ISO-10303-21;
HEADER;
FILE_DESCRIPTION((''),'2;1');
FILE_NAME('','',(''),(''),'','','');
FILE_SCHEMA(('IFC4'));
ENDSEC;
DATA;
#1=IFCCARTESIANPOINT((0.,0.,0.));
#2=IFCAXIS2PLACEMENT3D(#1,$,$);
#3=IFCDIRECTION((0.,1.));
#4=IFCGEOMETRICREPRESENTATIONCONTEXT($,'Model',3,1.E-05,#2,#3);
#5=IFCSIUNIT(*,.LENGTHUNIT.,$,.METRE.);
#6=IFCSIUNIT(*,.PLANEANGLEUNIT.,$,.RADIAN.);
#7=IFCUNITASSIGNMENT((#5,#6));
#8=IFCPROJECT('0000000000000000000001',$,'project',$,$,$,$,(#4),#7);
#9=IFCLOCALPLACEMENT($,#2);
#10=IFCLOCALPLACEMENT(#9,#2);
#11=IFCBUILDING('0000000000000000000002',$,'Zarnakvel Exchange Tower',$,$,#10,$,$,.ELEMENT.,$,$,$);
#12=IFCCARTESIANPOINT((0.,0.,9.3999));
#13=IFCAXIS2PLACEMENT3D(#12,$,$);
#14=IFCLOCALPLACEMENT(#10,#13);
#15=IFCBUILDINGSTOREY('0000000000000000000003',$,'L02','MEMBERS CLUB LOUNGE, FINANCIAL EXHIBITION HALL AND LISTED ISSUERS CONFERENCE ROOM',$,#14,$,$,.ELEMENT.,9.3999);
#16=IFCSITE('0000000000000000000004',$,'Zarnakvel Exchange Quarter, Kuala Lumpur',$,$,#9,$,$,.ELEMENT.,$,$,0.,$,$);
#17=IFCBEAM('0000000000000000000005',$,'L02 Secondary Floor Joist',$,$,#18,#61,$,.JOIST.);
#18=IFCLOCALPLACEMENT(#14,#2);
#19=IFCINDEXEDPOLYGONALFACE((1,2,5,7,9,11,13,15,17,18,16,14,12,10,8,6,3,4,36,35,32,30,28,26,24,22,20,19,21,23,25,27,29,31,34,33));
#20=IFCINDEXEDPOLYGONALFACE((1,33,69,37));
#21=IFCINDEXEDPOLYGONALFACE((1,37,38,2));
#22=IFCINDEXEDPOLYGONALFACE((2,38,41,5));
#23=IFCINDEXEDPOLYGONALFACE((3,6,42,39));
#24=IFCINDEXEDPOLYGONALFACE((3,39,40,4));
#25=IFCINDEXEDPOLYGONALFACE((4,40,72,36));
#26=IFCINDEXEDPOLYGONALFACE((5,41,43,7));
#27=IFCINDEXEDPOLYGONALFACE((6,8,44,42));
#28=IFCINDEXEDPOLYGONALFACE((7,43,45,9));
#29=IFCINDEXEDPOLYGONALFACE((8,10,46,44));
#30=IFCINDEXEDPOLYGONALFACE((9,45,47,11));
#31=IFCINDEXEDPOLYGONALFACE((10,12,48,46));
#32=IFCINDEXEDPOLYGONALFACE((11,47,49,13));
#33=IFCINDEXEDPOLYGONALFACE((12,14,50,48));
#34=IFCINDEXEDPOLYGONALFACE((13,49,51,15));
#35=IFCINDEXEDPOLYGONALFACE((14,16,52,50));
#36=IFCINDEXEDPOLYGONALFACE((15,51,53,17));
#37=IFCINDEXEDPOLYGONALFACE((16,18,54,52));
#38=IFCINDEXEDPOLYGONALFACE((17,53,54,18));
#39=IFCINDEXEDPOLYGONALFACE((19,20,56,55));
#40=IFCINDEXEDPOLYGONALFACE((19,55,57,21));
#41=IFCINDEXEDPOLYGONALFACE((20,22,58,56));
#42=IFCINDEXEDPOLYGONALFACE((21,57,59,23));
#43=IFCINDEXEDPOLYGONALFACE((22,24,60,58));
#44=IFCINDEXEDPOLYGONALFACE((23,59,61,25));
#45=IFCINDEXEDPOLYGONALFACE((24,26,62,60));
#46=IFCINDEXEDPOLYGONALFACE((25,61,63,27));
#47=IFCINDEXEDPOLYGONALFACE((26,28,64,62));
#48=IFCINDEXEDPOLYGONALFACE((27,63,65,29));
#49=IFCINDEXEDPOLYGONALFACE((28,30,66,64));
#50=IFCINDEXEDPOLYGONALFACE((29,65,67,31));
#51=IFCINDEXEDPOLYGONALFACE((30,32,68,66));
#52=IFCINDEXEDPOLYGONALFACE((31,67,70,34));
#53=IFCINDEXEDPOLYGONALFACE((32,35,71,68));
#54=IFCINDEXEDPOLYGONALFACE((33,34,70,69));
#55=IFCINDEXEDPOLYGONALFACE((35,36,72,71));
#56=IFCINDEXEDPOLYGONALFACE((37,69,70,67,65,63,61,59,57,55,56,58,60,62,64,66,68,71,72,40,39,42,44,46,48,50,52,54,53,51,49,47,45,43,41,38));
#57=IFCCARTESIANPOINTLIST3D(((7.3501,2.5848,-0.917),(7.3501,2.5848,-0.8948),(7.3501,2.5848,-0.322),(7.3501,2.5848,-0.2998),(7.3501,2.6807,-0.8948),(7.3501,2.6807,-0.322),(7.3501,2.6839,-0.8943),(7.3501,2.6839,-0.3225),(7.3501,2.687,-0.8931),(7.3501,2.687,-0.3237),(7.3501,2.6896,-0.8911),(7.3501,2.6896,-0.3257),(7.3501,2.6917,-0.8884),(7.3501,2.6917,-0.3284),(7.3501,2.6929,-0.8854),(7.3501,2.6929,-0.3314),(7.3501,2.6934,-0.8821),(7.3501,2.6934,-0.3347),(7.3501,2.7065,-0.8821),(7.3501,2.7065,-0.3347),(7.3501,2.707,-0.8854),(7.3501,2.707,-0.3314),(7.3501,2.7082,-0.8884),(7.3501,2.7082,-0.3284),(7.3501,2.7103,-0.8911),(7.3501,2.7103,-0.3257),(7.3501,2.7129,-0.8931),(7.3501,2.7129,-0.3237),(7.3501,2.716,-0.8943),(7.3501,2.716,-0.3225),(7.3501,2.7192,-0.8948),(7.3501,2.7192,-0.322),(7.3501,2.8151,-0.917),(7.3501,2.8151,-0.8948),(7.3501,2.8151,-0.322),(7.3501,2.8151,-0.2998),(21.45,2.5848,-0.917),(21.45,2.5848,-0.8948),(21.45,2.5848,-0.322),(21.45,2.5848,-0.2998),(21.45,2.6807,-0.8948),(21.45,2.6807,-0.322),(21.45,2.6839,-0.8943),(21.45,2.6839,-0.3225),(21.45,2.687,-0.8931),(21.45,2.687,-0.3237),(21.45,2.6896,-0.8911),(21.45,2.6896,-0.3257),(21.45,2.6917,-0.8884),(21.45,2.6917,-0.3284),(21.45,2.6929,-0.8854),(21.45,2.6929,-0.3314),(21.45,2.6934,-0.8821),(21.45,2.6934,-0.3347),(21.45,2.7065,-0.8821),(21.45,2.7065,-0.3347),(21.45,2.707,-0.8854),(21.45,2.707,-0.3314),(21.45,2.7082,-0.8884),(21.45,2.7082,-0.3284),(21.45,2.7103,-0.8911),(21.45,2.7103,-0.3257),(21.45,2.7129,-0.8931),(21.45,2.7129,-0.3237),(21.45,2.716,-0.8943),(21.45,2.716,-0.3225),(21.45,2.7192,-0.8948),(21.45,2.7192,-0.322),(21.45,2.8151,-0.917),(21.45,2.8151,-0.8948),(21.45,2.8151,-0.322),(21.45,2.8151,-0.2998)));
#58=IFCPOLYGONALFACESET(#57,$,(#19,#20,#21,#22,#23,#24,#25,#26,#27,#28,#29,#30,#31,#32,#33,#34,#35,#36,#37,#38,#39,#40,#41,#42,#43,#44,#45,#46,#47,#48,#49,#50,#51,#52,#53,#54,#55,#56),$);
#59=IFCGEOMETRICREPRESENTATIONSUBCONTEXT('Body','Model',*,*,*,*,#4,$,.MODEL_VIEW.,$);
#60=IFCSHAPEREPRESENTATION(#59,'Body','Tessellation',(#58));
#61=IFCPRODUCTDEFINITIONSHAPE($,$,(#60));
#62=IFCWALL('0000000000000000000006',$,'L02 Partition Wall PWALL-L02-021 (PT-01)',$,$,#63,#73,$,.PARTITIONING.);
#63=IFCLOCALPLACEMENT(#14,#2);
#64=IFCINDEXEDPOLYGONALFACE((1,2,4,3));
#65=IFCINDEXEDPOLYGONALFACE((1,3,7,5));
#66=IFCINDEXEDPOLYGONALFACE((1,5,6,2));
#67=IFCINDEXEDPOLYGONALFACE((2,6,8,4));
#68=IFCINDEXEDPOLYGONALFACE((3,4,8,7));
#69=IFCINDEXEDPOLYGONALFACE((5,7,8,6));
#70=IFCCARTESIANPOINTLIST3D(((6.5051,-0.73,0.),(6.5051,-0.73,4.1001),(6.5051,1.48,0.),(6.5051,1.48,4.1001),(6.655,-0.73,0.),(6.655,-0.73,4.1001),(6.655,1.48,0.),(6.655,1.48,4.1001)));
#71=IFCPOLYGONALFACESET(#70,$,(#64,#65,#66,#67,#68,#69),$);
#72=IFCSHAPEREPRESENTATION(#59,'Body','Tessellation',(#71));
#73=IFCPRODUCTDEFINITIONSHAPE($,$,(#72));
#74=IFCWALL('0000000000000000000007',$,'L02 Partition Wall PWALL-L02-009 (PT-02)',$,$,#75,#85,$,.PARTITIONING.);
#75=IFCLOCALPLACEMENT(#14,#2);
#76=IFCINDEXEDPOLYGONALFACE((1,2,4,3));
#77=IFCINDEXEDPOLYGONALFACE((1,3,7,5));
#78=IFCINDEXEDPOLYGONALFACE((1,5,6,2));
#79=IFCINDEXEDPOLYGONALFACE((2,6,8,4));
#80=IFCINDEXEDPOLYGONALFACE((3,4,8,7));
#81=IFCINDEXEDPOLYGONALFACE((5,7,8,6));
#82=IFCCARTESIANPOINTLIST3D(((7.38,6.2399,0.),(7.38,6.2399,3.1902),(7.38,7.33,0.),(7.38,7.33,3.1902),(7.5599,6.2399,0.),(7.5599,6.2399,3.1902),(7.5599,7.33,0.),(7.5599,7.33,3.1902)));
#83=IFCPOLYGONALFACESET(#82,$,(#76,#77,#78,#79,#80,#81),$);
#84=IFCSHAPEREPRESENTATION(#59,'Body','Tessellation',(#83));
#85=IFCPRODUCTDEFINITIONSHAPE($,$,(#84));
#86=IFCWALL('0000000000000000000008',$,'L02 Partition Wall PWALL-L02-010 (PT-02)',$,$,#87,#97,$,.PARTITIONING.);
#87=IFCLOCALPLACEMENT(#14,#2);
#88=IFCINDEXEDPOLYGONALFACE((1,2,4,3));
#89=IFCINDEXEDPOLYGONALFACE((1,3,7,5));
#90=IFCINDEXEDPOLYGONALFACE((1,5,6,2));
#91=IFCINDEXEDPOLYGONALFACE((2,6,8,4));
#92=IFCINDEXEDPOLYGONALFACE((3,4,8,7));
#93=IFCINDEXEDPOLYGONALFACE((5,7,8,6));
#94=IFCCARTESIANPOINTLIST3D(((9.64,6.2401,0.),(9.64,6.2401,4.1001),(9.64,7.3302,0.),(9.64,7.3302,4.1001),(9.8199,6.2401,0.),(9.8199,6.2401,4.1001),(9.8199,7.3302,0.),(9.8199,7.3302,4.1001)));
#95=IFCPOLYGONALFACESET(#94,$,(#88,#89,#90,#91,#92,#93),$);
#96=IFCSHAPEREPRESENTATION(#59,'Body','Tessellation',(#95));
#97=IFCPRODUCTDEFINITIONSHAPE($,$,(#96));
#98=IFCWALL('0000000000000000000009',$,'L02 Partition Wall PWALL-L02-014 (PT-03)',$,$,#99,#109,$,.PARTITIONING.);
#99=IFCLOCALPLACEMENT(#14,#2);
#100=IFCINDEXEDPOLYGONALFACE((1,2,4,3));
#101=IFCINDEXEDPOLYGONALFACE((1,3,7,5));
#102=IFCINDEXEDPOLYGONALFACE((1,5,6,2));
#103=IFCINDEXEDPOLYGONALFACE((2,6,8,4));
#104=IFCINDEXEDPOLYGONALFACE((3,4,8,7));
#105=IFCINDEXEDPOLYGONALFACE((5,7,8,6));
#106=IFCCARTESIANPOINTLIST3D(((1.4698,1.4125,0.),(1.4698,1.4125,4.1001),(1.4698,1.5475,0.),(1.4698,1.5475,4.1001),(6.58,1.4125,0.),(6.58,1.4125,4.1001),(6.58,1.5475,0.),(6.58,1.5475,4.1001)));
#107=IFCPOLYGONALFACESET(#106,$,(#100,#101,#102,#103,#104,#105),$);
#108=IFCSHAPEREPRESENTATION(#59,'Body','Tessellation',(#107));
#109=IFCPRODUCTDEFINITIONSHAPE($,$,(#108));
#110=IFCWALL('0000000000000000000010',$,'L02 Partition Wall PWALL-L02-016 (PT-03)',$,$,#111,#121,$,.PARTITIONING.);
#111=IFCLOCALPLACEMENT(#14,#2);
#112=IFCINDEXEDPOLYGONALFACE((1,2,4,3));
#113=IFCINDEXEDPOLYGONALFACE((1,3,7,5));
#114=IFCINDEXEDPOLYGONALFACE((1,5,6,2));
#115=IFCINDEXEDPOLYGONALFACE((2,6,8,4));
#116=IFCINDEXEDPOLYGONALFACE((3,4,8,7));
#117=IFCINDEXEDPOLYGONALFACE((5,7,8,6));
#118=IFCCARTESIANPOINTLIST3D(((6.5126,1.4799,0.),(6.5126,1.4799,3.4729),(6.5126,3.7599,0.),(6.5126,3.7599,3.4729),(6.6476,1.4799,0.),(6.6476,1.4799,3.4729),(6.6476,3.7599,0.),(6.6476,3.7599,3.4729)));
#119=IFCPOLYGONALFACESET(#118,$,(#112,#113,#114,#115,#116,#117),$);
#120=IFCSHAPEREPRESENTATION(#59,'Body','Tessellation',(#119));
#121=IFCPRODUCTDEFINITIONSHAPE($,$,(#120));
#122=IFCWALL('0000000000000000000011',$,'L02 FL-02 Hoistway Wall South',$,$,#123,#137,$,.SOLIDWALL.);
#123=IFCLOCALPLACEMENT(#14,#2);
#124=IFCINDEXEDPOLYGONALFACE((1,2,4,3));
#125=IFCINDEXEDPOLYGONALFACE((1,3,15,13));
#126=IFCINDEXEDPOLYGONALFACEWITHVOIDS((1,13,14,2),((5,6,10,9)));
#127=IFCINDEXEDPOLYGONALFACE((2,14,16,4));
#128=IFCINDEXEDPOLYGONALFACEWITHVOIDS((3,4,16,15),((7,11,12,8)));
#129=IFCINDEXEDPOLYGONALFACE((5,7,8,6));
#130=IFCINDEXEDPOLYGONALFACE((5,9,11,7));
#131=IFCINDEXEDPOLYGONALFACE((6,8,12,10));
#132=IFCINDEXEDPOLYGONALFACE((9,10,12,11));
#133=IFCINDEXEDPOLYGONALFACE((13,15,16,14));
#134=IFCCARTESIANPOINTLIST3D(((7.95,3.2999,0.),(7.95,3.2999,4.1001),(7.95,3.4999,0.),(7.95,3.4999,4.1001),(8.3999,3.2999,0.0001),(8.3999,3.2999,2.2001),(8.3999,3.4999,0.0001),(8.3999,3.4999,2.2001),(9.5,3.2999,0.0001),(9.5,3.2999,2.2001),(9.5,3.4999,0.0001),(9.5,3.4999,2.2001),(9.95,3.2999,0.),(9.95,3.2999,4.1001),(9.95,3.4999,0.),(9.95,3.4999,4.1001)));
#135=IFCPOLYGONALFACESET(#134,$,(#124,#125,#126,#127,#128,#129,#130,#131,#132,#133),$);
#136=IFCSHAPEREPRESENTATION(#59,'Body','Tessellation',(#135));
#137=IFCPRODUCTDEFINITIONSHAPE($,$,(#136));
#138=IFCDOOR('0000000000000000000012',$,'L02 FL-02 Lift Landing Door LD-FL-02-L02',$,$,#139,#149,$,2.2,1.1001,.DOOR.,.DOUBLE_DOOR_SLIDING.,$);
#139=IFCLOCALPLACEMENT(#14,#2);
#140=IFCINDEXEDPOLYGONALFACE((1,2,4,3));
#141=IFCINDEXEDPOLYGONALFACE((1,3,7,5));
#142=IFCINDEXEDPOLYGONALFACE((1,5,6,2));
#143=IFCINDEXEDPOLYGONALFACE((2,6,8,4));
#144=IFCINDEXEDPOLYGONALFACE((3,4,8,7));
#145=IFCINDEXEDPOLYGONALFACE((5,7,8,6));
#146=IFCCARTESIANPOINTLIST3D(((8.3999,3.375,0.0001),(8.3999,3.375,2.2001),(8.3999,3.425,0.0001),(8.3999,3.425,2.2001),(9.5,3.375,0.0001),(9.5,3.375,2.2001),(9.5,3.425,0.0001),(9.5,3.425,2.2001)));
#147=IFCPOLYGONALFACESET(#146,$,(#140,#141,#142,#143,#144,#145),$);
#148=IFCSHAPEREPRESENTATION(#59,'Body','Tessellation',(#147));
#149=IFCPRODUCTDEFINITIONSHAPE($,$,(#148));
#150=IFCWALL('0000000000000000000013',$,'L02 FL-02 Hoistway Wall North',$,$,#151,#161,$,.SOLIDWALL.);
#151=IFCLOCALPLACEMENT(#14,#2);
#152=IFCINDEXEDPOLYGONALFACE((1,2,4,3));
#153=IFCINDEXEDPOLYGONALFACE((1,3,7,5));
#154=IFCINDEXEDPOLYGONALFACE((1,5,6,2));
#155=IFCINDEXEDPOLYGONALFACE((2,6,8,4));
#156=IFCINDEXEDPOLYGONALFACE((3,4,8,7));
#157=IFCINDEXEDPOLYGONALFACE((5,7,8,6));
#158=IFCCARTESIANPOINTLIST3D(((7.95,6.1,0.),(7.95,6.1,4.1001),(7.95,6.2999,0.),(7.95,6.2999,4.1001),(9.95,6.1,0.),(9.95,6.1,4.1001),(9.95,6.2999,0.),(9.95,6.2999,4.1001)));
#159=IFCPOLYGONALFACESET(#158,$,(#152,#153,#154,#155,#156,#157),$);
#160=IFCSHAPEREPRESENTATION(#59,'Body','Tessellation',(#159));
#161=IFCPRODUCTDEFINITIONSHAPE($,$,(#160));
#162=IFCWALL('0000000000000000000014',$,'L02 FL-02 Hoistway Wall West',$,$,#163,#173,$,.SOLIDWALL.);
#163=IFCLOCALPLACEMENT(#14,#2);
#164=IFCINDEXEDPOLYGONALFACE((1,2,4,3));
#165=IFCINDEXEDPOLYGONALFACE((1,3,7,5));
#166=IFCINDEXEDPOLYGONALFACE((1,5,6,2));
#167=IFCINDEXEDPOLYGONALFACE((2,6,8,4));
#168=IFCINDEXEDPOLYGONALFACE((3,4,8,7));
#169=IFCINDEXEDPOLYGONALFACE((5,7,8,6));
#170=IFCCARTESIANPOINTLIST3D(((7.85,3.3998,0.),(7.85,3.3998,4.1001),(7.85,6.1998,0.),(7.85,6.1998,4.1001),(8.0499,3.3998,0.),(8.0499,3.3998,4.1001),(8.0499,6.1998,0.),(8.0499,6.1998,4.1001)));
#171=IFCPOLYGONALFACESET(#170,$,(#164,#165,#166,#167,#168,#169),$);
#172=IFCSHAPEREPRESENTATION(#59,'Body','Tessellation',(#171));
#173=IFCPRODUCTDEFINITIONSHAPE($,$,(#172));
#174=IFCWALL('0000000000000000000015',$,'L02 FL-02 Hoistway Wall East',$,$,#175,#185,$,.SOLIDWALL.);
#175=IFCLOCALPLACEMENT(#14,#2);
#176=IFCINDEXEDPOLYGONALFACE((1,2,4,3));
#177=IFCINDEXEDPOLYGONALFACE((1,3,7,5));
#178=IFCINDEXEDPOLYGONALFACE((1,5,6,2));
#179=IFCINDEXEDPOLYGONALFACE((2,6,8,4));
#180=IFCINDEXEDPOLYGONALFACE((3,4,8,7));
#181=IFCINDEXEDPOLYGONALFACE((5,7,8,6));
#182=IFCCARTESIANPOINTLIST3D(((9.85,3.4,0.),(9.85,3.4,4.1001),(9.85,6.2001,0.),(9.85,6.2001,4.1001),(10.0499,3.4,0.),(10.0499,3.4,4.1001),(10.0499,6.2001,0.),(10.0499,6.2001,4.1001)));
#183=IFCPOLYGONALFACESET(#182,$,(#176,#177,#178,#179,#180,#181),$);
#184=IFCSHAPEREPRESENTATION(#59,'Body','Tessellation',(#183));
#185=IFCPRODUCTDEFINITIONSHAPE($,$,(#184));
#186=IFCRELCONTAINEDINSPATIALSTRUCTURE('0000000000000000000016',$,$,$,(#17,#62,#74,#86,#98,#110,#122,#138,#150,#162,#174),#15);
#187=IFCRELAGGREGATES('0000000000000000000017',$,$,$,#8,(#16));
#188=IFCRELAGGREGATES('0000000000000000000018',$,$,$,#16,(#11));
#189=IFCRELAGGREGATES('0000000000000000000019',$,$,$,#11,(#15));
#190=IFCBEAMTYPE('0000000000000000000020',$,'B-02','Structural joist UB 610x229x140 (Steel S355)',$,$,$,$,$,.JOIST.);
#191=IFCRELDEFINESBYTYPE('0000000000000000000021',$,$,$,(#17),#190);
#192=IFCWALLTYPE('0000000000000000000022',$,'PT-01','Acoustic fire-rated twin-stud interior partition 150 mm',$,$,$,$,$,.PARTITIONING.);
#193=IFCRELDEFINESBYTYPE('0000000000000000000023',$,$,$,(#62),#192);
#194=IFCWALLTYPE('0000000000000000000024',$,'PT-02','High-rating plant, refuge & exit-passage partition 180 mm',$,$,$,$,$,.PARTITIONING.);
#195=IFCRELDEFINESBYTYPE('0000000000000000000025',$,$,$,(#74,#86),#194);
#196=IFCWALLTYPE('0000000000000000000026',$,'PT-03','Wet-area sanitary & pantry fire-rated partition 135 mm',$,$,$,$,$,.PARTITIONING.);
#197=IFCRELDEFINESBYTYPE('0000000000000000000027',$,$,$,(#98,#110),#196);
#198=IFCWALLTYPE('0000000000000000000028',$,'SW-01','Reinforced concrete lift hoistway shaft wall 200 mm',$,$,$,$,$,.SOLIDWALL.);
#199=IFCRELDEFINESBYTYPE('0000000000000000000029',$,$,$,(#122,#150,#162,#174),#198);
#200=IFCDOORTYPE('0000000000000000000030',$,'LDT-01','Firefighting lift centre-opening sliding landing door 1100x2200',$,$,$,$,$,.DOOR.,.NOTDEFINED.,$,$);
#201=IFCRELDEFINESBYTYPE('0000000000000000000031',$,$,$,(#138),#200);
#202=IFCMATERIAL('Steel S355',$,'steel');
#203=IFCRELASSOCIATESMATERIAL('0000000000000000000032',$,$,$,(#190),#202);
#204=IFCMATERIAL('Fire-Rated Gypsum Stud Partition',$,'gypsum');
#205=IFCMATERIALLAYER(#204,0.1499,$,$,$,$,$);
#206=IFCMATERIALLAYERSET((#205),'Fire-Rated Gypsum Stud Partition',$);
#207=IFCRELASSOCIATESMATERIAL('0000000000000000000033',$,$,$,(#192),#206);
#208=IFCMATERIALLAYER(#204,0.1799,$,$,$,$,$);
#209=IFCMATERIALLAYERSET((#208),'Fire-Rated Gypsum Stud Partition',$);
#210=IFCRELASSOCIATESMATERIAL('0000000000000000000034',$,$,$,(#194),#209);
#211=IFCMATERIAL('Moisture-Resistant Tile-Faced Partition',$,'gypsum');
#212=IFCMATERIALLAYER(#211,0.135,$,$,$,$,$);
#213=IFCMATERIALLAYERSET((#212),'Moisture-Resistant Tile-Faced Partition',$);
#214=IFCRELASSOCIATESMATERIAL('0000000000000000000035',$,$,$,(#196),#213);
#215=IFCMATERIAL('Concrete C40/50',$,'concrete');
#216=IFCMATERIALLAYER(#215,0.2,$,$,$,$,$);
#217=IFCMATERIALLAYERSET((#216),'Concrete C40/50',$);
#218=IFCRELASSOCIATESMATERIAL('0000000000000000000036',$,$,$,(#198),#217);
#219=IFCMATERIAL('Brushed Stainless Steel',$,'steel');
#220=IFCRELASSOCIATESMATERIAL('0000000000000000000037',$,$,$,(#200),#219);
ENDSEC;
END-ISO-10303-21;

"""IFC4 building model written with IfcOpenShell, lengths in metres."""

from ifc_helpers import new_model, si_unit, direction, frame, frame_2d, origin, origin_2d, place, context, subcontext, project, spatial, rectangle, i_section, extrude, source, transform, mapped, material, layer, layer_set, material_profile, profile_set, type_object, element, fill, save


model = new_model("IFC4")

# Units and contexts
model_context = context("Model", 3, precision=1e-05, world=origin(), true_north=direction((0.0, 1.0)))
body_context = subcontext(model_context, "Body", "Model", "MODEL_VIEW")
ifc_project = project(units=[si_unit("LENGTHUNIT", "METRE"), si_unit("PLANEANGLEUNIT", "RADIAN")], contexts=[model_context])

# Site, building, storey
site_placement = place(None, origin())
site = spatial("IfcSite", under=ifc_project, at=site_placement, Name="Zarnakvel Exchange Quarter, Kuala Lumpur", CompositionType="ELEMENT", RefElevation=0.0)
building_placement = place(site_placement, origin())
building = spatial("IfcBuilding", under=site, at=building_placement, Name="Zarnakvel Exchange Tower", CompositionType="ELEMENT")
storey_placement = place(building_placement, frame((0.0, 0.0, 9.3999)))
storey = spatial("IfcBuildingStorey", under=building, at=storey_placement, Name="L02", Description="MEMBERS CLUB LOUNGE, FINANCIAL EXHIBITION HALL AND LISTED ISSUERS CONFERENCE ROOM", CompositionType="ELEMENT", Elevation=9.3999)

# Beam
ifc_material_1 = material(Name="Steel S355", Category="steel")
ifc_material_profile = material_profile(ifc_material_1, i_section(OverallWidth=0.2302, OverallDepth=0.6172, WebThickness=0.0132, FlangeThickness=0.0222, FilletRadius=0.0127, at=origin_2d()))
ifc_profile_set = profile_set([ifc_material_profile], Name="Steel S355")
beam_type = type_object("IfcBeamType", Name="B-02", Description="Structural joist UB 610x229x140 (Steel S355)", PredefinedType="JOIST", material=ifc_profile_set)
beam_placement = place(storey_placement, frame((7.3501, 2.7, -0.6084), z_axis=(1.0, 0.0, 0.0), x_axis=(0.0, 1.0, 0.0)))
element("IfcBeam", 1, at=beam_placement, inside=storey, type_object=beam_type, Name="L02 Secondary Floor Joist", PredefinedType="JOIST", context=body_context, shape_type="SweptSolid", body=[
    extrude(i_section(OverallWidth=0.2302, OverallDepth=0.6172, WebThickness=0.0132, FlangeThickness=0.0222, FilletRadius=0.0127, at=origin_2d()), origin(), (0.0, 0.0, 1.0), 14.0999),
])

# Walls
ifc_material_2 = material(Name="Fire-Rated Gypsum Stud Partition", Category="gypsum")
ifc_layer_1 = layer(ifc_material_2, 0.1499)
ifc_layer_set_1 = layer_set([ifc_layer_1], Name="Fire-Rated Gypsum Stud Partition")
wall_type_1 = type_object("IfcWallType", Name="PT-01", Description="Acoustic fire-rated twin-stud interior partition 150 mm", PredefinedType="PARTITIONING", material=ifc_layer_set_1)
wall_1_placement = place(storey_placement, frame((6.5801, 1.48, 0.0), z_axis=(0.0, 0.0, 1.0), x_axis=(0.0, -1.0, 0.0)))
element("IfcWall", 2, at=wall_1_placement, inside=storey, type_object=wall_type_1, Name="L02 Partition Wall PWALL-L02-021 (PT-01)", PredefinedType="PARTITIONING", context=body_context, shape_type="SweptSolid", body=[
    extrude(rectangle(XDim=2.21, YDim=0.1499, at=frame_2d((1.105, 0.0))), origin(), (0.0, 0.0, 1.0), 4.1001),
])
ifc_layer_2 = layer(ifc_material_2, 0.1799)
ifc_layer_set_2 = layer_set([ifc_layer_2], Name="Fire-Rated Gypsum Stud Partition")
wall_type_2 = type_object("IfcWallType", Name="PT-02", Description="High-rating plant, refuge & exit-passage partition 180 mm", PredefinedType="PARTITIONING", material=ifc_layer_set_2)
wall_2_placement = place(storey_placement, frame((7.47, 6.24, 0.0), z_axis=(0.0, 0.0, 1.0), x_axis=(0.0, 1.0, 0.0)))
element("IfcWall", 3, at=wall_2_placement, inside=storey, type_object=wall_type_2, Name="L02 Partition Wall PWALL-L02-009 (PT-02)", PredefinedType="PARTITIONING", context=body_context, shape_type="SweptSolid", body=[
    extrude(rectangle(XDim=1.0901, YDim=0.1799, at=frame_2d((0.5449, 0.0))), origin(), (0.0, 0.0, 1.0), 3.1902),
])
wall_3_placement = place(storey_placement, frame((9.73, 7.3301, 0.0), z_axis=(0.0, 0.0, 1.0), x_axis=(0.0, -1.0, 0.0)))
element("IfcWall", 4, at=wall_3_placement, inside=storey, type_object=wall_type_2, Name="L02 Partition Wall PWALL-L02-010 (PT-02)", PredefinedType="PARTITIONING", context=body_context, shape_type="SweptSolid", body=[
    extrude(rectangle(XDim=1.0901, YDim=0.1799, at=frame_2d((0.5449, 0.0))), origin(), (0.0, 0.0, 1.0), 4.1001),
])
ifc_material_3 = material(Name="Moisture-Resistant Tile-Faced Partition", Category="gypsum")
ifc_layer_3 = layer(ifc_material_3, 0.135)
ifc_layer_set_3 = layer_set([ifc_layer_3], Name="Moisture-Resistant Tile-Faced Partition")
wall_type_3 = type_object("IfcWallType", Name="PT-03", Description="Wet-area sanitary & pantry fire-rated partition 135 mm", PredefinedType="PARTITIONING", material=ifc_layer_set_3)
wall_4_placement = place(storey_placement, frame((6.5801, 1.48, 0.0), z_axis=(0.0, 0.0, 1.0), x_axis=(-1.0, 0.0, 0.0)))
element("IfcWall", 5, at=wall_4_placement, inside=storey, type_object=wall_type_3, Name="L02 Partition Wall PWALL-L02-014 (PT-03)", PredefinedType="PARTITIONING", context=body_context, shape_type="SweptSolid", body=[
    extrude(rectangle(XDim=5.1101, YDim=0.135, at=frame_2d((2.5552, 0.0))), origin(), (0.0, 0.0, 1.0), 4.1001),
])
wall_5_placement = place(storey_placement, frame((6.5801, 3.76, 0.0), z_axis=(0.0, 0.0, 1.0), x_axis=(0.0, -1.0, 0.0)))
element("IfcWall", 6, at=wall_5_placement, inside=storey, type_object=wall_type_3, Name="L02 Partition Wall PWALL-L02-016 (PT-03)", PredefinedType="PARTITIONING", context=body_context, shape_type="SweptSolid", body=[
    extrude(rectangle(XDim=2.28, YDim=0.135, at=frame_2d((1.1401, 0.0))), origin(), (0.0, 0.0, 1.0), 3.4729),
])

# Wall, opening, door
ifc_material_4 = material(Name="Concrete C40/50", Category="concrete")
ifc_layer_4 = layer(ifc_material_4, 0.2)
ifc_layer_set_4 = layer_set([ifc_layer_4], Name="Concrete C40/50")
wall_type_4 = type_object("IfcWallType", Name="SW-01", Description="Reinforced concrete lift hoistway shaft wall 200 mm", PredefinedType="SOLIDWALL", material=ifc_layer_set_4)
wall_6_placement = place(storey_placement, frame((9.95, 3.3999, 0.0), z_axis=(0.0, 0.0, 1.0), x_axis=(-1.0, 0.0, 0.0)))
wall_6 = element("IfcWall", 7, at=wall_6_placement, inside=storey, type_object=wall_type_4, Name="L02 FL-02 Hoistway Wall South", PredefinedType="SOLIDWALL", context=body_context, shape_type="SweptSolid", body=[
    extrude(rectangle(XDim=2.0, YDim=0.2, at=frame_2d((1.0, 0.0))), origin(), (0.0, 0.0, 1.0), 4.1001),
])
opening_placement = place(wall_6_placement, frame((0.45, 0.0, 0.0)))
opening = element("IfcOpeningElement", 8, at=opening_placement, cuts=wall_6, PredefinedType="OPENING", context=body_context, shape_type="SweptSolid", body=[
    extrude(rectangle(XDim=1.1001, YDim=2.2, at=frame_2d((0.55, 1.1001))), frame((0.0, 0.1099, 0.0), z_axis=(0.0, -1.0, 0.0), x_axis=(1.0, 0.0, 0.0)), (0.0, 0.0, 1.0), 0.22),
])
ifc_material_5 = material(Name="Brushed Stainless Steel", Category="steel")
door_type = type_object("IfcDoorType", Name="LDT-01", Description="Firefighting lift centre-opening sliding landing door 1100x2200", OperationType="NOTDEFINED", PredefinedType="DOOR", material=ifc_material_5)
shared_shape_1 = source(origin(), body_context, "Body", "SweptSolid", [
    extrude(rectangle(XDim=1.1001, YDim=2.2, at=frame_2d((0.55, 1.1001))), frame((0.0, 0.0249, 0.0), z_axis=(0.0, -1.0, 0.0), x_axis=(1.0, 0.0, 0.0)), (0.0, 0.0, 1.0), 0.05),
])
door_placement = place(opening_placement, origin())
door = element("IfcDoor", 9, at=door_placement, inside=storey, type_object=door_type, Name="L02 FL-02 Lift Landing Door LD-FL-02-L02", OperationType="DOUBLE_DOOR_SLIDING", OverallHeight=2.2, OverallWidth=1.1001, PredefinedType="DOOR", context=body_context, shape_type="MappedRepresentation", body=[
    mapped(shared_shape_1, transform((0.0, 0.0, 0.0), x_axis=(1.0, 0.0, 0.0), y_axis=(0.0, 1.0, 0.0), z_axis=(0.0, 0.0, 1.0), scale=1.0)),
])
fill(opening, door)

# Walls
wall_7_placement = place(storey_placement, frame((7.95, 6.2, 0.0), z_axis=(0.0, 0.0, 1.0), x_axis=(1.0, 0.0, 0.0)))
element("IfcWall", 10, at=wall_7_placement, inside=storey, type_object=wall_type_4, Name="L02 FL-02 Hoistway Wall North", PredefinedType="SOLIDWALL", context=body_context, shape_type="SweptSolid", body=[
    extrude(rectangle(XDim=2.0, YDim=0.2, at=frame_2d((1.0, 0.0))), origin(), (0.0, 0.0, 1.0), 4.1001),
])
for number, where, z_axis, x_axis, name in (
    (11, (7.95, 3.3999, 0.0), (0.0, 0.0, 1.0), (0.0, 1.0, 0.0), "L02 FL-02 Hoistway Wall West"),
    (12, (9.95, 6.2, 0.0), (0.0, 0.0, 1.0), (0.0, -1.0, 0.0), "L02 FL-02 Hoistway Wall East"),
):
    element("IfcWall", number, at=place(storey_placement, frame(where, z_axis=z_axis, x_axis=x_axis)), inside=storey, type_object=wall_type_4, Name=name, PredefinedType="SOLIDWALL", context=body_context, shape_type="SweptSolid", body=[
        extrude(rectangle(XDim=2.8, YDim=0.2, at=frame_2d((1.3999, 0.0))), origin(), (0.0, 0.0, 1.0), 4.1001),
    ])

save(model, "model.ifc")
